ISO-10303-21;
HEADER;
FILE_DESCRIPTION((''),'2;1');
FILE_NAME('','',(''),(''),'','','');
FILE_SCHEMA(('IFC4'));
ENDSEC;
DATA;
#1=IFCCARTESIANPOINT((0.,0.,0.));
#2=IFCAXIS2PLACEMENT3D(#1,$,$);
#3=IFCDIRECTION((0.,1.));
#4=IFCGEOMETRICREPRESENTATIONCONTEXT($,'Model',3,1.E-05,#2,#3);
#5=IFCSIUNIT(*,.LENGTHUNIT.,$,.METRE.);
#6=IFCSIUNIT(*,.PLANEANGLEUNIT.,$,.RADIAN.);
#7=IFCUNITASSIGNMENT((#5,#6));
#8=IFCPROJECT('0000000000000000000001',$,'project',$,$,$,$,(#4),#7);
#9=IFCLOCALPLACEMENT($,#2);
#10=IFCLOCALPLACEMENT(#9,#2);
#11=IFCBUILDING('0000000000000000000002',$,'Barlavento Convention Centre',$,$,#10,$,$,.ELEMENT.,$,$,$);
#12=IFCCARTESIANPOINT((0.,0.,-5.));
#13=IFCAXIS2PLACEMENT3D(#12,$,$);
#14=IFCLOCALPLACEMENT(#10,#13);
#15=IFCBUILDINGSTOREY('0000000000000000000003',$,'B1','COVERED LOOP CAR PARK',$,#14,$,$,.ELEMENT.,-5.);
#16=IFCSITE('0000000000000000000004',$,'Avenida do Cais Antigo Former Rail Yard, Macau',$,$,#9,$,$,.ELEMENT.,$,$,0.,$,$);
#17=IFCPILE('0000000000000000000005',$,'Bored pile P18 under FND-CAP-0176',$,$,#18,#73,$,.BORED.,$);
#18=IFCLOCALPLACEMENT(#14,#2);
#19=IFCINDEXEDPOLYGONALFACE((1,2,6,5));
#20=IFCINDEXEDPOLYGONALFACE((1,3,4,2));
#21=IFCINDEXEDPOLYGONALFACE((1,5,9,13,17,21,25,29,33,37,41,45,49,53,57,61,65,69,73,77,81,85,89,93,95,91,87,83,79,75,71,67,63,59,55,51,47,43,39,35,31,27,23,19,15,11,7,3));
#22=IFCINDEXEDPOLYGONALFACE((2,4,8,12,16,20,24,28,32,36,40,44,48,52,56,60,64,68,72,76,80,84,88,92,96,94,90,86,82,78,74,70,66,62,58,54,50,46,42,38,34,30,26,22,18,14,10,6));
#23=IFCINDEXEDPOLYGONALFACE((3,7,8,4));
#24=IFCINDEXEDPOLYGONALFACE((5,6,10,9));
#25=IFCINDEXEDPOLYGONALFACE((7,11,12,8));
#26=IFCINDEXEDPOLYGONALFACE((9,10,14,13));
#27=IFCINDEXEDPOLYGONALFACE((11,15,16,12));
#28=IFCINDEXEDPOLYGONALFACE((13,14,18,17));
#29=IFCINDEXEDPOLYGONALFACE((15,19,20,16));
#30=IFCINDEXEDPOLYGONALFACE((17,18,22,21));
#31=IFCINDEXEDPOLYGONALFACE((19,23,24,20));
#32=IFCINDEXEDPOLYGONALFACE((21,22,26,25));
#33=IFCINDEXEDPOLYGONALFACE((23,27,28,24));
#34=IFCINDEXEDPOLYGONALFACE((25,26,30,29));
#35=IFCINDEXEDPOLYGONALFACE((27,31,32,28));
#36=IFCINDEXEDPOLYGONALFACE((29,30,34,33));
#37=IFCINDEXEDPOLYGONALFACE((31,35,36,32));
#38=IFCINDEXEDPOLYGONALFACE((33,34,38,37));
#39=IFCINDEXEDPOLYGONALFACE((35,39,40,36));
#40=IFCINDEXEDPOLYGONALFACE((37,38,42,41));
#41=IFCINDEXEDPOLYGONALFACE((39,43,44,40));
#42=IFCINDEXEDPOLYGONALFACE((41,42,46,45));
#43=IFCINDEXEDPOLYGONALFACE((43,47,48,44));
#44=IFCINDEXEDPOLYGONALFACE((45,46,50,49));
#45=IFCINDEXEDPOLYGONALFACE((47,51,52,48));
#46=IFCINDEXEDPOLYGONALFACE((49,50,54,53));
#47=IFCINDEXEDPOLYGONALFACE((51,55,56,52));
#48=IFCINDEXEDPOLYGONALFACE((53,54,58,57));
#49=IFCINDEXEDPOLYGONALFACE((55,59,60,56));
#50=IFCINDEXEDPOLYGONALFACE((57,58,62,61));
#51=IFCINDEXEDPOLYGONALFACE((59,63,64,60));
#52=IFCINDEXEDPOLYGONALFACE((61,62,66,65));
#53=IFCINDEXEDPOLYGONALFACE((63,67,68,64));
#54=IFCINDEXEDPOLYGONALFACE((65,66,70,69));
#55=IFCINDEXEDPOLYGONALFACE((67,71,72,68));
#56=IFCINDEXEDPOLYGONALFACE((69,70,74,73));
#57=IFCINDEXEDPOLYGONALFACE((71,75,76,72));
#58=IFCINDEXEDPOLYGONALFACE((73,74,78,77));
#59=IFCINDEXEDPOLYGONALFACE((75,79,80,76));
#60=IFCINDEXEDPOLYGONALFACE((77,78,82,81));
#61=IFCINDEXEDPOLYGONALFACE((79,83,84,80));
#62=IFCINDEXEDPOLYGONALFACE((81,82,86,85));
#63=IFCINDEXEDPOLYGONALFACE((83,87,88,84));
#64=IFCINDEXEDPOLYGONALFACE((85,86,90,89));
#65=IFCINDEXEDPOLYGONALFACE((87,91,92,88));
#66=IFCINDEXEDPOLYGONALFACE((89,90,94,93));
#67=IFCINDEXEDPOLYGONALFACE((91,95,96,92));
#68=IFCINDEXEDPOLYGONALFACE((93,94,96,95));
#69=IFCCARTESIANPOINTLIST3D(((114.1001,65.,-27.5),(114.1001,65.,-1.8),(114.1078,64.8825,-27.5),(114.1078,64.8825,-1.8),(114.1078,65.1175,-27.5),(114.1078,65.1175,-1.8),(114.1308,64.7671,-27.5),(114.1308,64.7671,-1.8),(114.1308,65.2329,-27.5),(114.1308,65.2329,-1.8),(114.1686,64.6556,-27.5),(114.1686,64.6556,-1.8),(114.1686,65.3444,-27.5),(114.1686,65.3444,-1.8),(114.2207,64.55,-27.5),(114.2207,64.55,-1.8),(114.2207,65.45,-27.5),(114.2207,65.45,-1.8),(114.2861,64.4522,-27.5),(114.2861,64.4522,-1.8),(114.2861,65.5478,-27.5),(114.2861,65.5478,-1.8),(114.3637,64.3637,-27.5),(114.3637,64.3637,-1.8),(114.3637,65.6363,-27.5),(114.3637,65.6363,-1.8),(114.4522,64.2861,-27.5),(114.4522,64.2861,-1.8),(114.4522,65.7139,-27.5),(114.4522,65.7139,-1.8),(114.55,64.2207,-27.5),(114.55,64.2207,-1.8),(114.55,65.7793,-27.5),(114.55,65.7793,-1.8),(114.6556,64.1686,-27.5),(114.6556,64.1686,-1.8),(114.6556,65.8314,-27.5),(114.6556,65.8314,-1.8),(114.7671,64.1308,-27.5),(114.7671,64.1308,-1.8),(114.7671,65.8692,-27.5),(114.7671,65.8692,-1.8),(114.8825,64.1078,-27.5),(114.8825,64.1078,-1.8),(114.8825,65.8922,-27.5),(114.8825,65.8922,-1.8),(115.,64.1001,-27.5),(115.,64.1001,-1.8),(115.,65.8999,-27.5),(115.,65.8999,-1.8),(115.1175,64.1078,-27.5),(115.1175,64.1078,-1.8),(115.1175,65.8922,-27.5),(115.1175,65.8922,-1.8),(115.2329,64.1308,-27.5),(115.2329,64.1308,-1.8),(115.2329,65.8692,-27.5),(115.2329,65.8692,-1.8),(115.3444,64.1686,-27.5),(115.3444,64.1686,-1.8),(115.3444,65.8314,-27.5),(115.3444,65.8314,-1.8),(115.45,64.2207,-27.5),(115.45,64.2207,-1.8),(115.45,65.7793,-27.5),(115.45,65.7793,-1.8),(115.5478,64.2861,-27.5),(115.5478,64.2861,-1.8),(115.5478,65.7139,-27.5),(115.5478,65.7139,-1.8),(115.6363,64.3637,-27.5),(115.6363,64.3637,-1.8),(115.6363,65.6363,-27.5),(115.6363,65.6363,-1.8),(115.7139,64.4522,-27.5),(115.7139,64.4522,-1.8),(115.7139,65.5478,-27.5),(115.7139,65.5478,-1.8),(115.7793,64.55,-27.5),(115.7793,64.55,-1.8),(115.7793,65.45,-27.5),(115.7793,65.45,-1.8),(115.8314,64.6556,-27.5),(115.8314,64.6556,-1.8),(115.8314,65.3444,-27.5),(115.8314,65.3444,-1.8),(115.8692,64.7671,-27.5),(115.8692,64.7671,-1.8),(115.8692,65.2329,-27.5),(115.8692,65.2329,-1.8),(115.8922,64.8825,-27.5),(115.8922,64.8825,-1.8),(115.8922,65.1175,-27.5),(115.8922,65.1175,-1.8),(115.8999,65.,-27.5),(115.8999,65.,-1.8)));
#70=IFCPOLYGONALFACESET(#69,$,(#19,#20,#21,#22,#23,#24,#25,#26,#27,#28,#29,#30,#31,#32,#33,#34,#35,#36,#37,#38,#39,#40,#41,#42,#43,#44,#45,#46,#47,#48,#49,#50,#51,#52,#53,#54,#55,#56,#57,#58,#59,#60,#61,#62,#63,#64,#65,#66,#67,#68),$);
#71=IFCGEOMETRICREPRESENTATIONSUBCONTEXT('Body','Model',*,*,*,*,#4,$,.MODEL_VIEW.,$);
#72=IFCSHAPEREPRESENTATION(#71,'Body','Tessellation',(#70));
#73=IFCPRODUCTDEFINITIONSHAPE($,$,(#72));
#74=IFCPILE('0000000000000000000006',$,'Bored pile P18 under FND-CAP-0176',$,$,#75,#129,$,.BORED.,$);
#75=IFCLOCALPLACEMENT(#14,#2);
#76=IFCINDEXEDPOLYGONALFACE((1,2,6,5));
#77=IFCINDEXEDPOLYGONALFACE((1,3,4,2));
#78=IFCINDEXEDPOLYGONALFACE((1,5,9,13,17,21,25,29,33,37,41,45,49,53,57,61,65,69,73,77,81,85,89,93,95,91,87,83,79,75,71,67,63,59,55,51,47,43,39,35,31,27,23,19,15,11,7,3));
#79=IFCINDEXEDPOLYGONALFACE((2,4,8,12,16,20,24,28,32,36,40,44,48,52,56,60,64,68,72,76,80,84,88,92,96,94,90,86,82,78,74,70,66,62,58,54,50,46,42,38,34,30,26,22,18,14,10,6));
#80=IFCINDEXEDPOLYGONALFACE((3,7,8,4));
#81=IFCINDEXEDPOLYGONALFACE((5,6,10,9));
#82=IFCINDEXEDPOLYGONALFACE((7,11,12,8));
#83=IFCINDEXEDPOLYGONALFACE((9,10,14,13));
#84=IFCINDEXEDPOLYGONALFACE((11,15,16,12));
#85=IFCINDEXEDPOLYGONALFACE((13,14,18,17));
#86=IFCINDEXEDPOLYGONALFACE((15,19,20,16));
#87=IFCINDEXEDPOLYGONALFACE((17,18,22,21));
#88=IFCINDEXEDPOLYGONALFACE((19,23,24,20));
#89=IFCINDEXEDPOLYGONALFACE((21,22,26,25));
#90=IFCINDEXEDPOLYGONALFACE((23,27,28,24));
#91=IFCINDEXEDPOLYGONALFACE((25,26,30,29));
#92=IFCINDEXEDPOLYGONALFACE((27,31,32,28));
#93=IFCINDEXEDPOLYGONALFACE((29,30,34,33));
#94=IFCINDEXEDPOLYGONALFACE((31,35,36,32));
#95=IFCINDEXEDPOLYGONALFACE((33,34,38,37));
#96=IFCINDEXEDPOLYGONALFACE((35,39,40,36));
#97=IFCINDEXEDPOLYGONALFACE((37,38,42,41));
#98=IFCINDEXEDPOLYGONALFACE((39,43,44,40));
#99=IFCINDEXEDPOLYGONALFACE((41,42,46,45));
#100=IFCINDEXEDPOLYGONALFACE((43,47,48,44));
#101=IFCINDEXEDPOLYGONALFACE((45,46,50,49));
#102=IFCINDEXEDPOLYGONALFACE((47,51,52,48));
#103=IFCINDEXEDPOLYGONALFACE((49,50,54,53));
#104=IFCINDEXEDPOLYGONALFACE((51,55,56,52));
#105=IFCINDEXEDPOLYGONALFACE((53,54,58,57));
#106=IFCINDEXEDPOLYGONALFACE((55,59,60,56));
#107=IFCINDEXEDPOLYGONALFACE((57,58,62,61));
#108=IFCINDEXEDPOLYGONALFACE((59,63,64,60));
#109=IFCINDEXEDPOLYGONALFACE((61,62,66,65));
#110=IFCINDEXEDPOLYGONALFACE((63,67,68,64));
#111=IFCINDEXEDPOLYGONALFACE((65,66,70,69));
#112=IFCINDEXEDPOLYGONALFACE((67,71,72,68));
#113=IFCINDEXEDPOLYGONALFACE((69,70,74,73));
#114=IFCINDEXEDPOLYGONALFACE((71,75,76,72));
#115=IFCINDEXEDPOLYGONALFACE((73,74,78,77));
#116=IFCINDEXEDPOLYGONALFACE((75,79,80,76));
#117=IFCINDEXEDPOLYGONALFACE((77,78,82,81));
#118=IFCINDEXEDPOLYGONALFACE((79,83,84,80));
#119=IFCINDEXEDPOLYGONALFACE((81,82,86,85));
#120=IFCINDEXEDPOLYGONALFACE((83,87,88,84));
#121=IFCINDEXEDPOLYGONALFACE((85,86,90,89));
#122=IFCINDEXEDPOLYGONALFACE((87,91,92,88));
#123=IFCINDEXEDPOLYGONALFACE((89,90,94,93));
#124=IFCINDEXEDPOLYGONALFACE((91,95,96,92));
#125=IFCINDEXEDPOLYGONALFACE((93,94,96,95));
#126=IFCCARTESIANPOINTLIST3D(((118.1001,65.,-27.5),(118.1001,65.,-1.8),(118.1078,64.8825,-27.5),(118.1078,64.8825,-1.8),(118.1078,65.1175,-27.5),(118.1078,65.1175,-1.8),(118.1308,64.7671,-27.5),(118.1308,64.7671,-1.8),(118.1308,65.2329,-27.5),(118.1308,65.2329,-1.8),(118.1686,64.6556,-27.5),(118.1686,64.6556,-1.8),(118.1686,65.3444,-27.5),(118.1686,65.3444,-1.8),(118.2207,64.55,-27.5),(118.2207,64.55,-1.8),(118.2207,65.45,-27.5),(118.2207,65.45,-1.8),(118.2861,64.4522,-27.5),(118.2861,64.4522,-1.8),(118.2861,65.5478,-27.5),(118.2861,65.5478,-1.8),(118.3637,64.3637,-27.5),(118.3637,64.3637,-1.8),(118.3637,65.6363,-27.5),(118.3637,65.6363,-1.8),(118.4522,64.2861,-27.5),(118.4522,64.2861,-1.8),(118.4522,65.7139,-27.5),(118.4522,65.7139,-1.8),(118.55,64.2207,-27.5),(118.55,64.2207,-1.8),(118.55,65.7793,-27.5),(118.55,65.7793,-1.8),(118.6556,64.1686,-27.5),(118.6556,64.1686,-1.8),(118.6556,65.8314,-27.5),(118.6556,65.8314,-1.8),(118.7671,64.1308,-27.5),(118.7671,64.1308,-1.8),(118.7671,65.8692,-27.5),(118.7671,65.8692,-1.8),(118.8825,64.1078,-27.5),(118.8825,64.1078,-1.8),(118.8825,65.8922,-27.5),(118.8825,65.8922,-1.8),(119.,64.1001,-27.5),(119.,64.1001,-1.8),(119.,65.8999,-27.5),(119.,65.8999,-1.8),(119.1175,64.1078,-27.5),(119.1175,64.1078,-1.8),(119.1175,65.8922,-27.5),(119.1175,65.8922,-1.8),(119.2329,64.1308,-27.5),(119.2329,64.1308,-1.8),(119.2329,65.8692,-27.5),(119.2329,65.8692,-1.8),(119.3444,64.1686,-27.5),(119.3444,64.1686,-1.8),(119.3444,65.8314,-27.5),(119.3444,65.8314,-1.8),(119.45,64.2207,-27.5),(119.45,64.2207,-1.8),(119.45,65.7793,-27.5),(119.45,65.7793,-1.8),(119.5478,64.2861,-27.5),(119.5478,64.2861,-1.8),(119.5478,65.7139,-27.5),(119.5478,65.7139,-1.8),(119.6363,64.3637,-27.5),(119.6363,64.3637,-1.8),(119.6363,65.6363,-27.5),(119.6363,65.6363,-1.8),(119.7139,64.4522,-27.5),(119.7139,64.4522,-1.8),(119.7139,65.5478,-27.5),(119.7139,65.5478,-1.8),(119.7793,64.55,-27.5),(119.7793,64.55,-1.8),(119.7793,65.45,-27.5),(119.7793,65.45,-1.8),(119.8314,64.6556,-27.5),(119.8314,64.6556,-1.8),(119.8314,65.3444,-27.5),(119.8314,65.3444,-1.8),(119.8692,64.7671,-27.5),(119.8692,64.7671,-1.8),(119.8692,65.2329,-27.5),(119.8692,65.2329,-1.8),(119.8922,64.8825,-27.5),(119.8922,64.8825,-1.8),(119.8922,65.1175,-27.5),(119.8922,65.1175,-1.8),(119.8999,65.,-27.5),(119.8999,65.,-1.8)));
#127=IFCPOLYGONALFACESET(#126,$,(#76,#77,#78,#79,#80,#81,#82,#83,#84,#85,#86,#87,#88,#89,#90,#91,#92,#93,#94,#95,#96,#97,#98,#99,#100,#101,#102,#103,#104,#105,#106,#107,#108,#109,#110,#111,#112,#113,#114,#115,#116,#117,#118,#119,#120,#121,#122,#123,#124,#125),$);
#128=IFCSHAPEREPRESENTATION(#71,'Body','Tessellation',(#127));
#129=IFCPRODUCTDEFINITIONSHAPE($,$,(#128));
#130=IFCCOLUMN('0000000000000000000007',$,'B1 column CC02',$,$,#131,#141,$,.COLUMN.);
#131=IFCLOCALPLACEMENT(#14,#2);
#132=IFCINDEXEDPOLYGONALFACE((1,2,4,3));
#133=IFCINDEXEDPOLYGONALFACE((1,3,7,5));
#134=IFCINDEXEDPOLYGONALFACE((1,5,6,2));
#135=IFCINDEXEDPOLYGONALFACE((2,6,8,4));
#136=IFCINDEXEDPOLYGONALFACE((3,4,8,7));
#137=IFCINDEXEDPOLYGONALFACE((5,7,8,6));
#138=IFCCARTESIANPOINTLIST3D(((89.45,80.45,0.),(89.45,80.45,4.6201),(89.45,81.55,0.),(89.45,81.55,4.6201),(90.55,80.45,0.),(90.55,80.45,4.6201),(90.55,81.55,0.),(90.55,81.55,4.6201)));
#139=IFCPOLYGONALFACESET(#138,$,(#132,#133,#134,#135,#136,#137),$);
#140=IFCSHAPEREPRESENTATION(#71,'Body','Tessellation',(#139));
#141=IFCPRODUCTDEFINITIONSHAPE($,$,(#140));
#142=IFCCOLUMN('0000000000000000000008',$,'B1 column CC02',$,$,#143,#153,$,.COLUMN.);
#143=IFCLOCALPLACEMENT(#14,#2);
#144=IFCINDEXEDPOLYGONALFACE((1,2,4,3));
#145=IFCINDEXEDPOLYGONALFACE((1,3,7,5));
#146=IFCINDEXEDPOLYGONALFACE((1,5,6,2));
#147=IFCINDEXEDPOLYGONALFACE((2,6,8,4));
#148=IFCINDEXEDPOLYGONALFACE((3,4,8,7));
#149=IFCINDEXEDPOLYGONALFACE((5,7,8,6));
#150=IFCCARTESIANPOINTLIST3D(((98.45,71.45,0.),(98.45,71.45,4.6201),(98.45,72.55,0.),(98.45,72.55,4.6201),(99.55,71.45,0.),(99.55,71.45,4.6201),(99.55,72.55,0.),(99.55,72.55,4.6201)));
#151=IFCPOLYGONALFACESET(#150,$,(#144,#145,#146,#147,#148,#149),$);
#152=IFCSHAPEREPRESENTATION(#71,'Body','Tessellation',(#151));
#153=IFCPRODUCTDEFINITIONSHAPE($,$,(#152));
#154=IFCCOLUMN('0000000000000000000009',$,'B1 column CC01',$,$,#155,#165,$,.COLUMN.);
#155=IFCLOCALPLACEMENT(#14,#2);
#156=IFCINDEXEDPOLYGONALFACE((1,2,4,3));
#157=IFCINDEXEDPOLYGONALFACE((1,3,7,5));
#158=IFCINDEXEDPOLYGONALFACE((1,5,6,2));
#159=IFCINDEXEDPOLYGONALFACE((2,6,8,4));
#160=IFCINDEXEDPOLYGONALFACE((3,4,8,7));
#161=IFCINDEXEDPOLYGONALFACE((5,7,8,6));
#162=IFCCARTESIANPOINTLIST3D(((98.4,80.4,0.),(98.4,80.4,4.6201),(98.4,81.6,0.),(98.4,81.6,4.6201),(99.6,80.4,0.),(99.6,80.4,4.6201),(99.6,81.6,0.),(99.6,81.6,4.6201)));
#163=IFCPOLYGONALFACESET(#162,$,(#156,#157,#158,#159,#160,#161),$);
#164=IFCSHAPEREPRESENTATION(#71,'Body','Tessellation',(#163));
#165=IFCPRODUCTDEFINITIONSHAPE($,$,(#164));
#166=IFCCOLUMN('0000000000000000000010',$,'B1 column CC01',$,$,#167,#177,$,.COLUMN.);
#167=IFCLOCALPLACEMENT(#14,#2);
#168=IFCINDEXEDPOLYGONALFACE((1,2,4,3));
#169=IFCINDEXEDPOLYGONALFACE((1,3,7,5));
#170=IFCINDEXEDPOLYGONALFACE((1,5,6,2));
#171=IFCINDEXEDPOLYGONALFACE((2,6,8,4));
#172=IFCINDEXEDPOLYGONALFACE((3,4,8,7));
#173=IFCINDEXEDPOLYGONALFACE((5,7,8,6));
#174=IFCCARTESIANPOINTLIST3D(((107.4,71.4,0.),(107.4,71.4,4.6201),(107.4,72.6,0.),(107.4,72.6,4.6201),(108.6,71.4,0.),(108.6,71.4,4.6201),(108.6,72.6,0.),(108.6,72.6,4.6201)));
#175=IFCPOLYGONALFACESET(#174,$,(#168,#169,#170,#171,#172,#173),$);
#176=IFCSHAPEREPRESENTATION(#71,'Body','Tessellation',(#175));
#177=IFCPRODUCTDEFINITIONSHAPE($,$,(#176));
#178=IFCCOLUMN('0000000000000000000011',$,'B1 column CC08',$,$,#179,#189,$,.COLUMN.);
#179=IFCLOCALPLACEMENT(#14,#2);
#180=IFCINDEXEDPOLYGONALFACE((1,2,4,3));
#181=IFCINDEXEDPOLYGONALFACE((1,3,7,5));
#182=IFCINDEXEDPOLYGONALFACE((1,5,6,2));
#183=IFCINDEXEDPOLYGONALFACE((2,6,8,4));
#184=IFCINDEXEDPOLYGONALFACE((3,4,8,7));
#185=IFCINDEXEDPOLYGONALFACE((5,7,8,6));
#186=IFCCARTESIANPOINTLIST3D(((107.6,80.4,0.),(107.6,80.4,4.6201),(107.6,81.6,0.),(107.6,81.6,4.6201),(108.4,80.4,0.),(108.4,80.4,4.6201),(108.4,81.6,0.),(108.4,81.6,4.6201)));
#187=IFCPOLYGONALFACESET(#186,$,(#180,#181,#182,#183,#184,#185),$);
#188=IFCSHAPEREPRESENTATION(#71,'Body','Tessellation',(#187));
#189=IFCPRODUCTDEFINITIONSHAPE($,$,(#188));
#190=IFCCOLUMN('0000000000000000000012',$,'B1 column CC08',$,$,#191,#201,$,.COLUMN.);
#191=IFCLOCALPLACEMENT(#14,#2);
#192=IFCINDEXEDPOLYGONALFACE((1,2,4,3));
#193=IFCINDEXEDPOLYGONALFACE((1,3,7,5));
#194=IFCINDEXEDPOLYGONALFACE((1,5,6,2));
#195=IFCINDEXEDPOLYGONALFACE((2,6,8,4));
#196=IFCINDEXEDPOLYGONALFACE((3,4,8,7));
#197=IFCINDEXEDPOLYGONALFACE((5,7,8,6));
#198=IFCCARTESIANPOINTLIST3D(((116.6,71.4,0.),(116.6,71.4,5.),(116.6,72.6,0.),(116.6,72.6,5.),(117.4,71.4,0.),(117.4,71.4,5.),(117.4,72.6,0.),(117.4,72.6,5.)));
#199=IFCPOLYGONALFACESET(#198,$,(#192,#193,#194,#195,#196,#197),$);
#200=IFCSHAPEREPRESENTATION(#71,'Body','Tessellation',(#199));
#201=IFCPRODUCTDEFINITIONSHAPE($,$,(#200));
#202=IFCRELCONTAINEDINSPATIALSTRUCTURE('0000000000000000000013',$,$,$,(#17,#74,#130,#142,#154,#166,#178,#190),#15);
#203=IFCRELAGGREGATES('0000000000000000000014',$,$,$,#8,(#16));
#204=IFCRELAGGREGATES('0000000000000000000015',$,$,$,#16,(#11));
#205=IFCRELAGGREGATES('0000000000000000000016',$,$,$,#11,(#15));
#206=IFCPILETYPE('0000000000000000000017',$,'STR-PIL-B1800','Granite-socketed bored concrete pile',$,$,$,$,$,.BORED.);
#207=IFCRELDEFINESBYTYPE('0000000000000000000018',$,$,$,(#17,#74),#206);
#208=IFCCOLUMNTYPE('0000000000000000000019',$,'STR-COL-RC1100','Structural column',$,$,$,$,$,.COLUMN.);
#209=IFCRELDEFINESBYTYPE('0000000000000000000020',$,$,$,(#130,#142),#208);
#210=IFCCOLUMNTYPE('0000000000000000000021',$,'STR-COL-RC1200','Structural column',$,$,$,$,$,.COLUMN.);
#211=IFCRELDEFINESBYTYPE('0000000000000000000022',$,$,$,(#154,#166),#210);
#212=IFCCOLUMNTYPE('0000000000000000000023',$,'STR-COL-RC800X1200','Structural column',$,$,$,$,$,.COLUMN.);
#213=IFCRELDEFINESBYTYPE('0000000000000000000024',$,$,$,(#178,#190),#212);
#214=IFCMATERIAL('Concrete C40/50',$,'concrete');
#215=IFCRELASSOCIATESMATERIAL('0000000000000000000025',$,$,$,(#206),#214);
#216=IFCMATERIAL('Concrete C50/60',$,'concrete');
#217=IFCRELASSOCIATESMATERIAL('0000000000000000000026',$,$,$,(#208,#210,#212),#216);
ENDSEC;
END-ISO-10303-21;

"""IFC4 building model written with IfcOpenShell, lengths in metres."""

from ifc_helpers import new_model, si_unit, direction, frame, origin, origin_2d, place, context, subcontext, project, spatial, rectangle, circle, extrude, material, material_profile, profile_set, type_object, element, save


model = new_model("IFC4")

# Units and contexts
model_context = context("Model", 3, precision=1e-05, world=origin(), true_north=direction((0.0, 1.0)))
body_context = subcontext(model_context, "Body", "Model", "MODEL_VIEW")
ifc_project = project(units=[si_unit("LENGTHUNIT", "METRE"), si_unit("PLANEANGLEUNIT", "RADIAN")], contexts=[model_context])

# Site, building, storey
site_placement = place(None, origin())
site = spatial("IfcSite", under=ifc_project, at=site_placement, Name="Avenida do Cais Antigo Former Rail Yard, Macau", CompositionType="ELEMENT", RefElevation=0.0)
building_placement = place(site_placement, origin())
building = spatial("IfcBuilding", under=site, at=building_placement, Name="Barlavento Convention Centre", CompositionType="ELEMENT")
storey_placement = place(building_placement, frame((0.0, 0.0, -5.0)))
storey = spatial("IfcBuildingStorey", under=building, at=storey_placement, Name="B1", Description="COVERED LOOP CAR PARK", CompositionType="ELEMENT", Elevation=-5.0)

# Shared definitions
ifc_material_1 = material(Name="Concrete C40/50", Category="concrete")

# Piles
ifc_material_profile_1 = material_profile(ifc_material_1, circle(Radius=0.8999, at=origin_2d()), Name="BORED PILE 1800")
ifc_profile_set_1 = profile_set([ifc_material_profile_1], Name="Concrete C40/50")
pile_type_1 = type_object("IfcPileType", Name="STR-PIL-B1800", Description="Granite-socketed bored concrete pile", PredefinedType="BORED", material=ifc_profile_set_1)
for number, where, z_axis, x_axis, name in (
    (1, (115.0, 65.0, -1.8), (0.0, 0.0, -1.0), (1.0, 0.0, 0.0), "Bored pile P18 under FND-CAP-0176"),
    (2, (119.0, 65.0, -1.8), (0.0, 0.0, -1.0), (1.0, 0.0, 0.0), "Bored pile P18 under FND-CAP-0176"),
):
    element("IfcPile", number, at=place(storey_placement, frame(where, z_axis=z_axis, x_axis=x_axis)), inside=storey, type_object=pile_type_1, Name=name, PredefinedType="BORED", context=body_context, shape_type="SweptSolid", body=[
        extrude(circle(Radius=0.8999, at=origin_2d()), origin(), (0.0, 0.0, 1.0), 25.7),
    ])

# Columns
ifc_material_2 = material(Name="Concrete C50/60", Category="concrete")
ifc_material_profile_2 = material_profile(ifc_material_2, rectangle(XDim=1.1001, YDim=1.1001, at=origin_2d()), Name="RC 1100x1100")
ifc_profile_set_2 = profile_set([ifc_material_profile_2], Name="Concrete C50/60")
column_type_1 = type_object("IfcColumnType", Name="STR-COL-RC1100", Description="Structural column", PredefinedType="COLUMN", material=ifc_profile_set_2)
for number, where, z_axis, x_axis, name in (
    (3, (90.0, 81.0, 0.0), (0.0, 0.0, 1.0), (1.0, 0.0, 0.0), "B1 column CC02"),
    (4, (99.0, 72.0, 0.0), (0.0, 0.0, 1.0), (1.0, 0.0, 0.0), "B1 column CC02"),
):
    element("IfcColumn", number, at=place(storey_placement, frame(where, z_axis=z_axis, x_axis=x_axis)), inside=storey, type_object=column_type_1, Name=name, PredefinedType="COLUMN", context=body_context, shape_type="SweptSolid", body=[
        extrude(rectangle(XDim=1.1001, YDim=1.1001, at=origin_2d()), origin(), (0.0, 0.0, 1.0), 4.6201),
    ])
ifc_material_profile_3 = material_profile(ifc_material_2, rectangle(XDim=1.2, YDim=1.2, at=origin_2d()), Name="RC 1200x1200")
ifc_profile_set_3 = profile_set([ifc_material_profile_3], Name="Concrete C50/60")
column_type_2 = type_object("IfcColumnType", Name="STR-COL-RC1200", Description="Structural column", PredefinedType="COLUMN", material=ifc_profile_set_3)
for number, where, z_axis, x_axis, name in (
    (5, (99.0, 81.0, 0.0), (0.0, 0.0, 1.0), (1.0, 0.0, 0.0), "B1 column CC01"),
    (6, (108.0, 72.0, 0.0), (0.0, 0.0, 1.0), (1.0, 0.0, 0.0), "B1 column CC01"),
):
    element("IfcColumn", number, at=place(storey_placement, frame(where, z_axis=z_axis, x_axis=x_axis)), inside=storey, type_object=column_type_2, Name=name, PredefinedType="COLUMN", context=body_context, shape_type="SweptSolid", body=[
        extrude(rectangle(XDim=1.2, YDim=1.2, at=origin_2d()), origin(), (0.0, 0.0, 1.0), 4.6201),
    ])
ifc_material_profile_4 = material_profile(ifc_material_2, rectangle(XDim=0.8, YDim=1.2, at=origin_2d()), Name="RC 800x1200")
ifc_profile_set_4 = profile_set([ifc_material_profile_4], Name="Concrete C50/60")
column_type_3 = type_object("IfcColumnType", Name="STR-COL-RC800X1200", Description="Structural column", PredefinedType="COLUMN", material=ifc_profile_set_4)
column_1_placement = place(storey_placement, frame((108.0, 81.0, 0.0), z_axis=(0.0, 0.0, 1.0), x_axis=(1.0, 0.0, 0.0)))
element("IfcColumn", 7, at=column_1_placement, inside=storey, type_object=column_type_3, Name="B1 column CC08", PredefinedType="COLUMN", context=body_context, shape_type="SweptSolid", body=[
    extrude(rectangle(XDim=0.8, YDim=1.2, at=origin_2d()), origin(), (0.0, 0.0, 1.0), 4.6201),
])
column_2_placement = place(storey_placement, frame((117.0, 72.0, 0.0), z_axis=(0.0, 0.0, 1.0), x_axis=(1.0, 0.0, 0.0)))
element("IfcColumn", 8, at=column_2_placement, inside=storey, type_object=column_type_3, Name="B1 column CC08", PredefinedType="COLUMN", context=body_context, shape_type="SweptSolid", body=[
    extrude(rectangle(XDim=0.8, YDim=1.2, at=origin_2d()), origin(), (0.0, 0.0, 1.0), 5.0),
])

save(model, "model.ifc")
